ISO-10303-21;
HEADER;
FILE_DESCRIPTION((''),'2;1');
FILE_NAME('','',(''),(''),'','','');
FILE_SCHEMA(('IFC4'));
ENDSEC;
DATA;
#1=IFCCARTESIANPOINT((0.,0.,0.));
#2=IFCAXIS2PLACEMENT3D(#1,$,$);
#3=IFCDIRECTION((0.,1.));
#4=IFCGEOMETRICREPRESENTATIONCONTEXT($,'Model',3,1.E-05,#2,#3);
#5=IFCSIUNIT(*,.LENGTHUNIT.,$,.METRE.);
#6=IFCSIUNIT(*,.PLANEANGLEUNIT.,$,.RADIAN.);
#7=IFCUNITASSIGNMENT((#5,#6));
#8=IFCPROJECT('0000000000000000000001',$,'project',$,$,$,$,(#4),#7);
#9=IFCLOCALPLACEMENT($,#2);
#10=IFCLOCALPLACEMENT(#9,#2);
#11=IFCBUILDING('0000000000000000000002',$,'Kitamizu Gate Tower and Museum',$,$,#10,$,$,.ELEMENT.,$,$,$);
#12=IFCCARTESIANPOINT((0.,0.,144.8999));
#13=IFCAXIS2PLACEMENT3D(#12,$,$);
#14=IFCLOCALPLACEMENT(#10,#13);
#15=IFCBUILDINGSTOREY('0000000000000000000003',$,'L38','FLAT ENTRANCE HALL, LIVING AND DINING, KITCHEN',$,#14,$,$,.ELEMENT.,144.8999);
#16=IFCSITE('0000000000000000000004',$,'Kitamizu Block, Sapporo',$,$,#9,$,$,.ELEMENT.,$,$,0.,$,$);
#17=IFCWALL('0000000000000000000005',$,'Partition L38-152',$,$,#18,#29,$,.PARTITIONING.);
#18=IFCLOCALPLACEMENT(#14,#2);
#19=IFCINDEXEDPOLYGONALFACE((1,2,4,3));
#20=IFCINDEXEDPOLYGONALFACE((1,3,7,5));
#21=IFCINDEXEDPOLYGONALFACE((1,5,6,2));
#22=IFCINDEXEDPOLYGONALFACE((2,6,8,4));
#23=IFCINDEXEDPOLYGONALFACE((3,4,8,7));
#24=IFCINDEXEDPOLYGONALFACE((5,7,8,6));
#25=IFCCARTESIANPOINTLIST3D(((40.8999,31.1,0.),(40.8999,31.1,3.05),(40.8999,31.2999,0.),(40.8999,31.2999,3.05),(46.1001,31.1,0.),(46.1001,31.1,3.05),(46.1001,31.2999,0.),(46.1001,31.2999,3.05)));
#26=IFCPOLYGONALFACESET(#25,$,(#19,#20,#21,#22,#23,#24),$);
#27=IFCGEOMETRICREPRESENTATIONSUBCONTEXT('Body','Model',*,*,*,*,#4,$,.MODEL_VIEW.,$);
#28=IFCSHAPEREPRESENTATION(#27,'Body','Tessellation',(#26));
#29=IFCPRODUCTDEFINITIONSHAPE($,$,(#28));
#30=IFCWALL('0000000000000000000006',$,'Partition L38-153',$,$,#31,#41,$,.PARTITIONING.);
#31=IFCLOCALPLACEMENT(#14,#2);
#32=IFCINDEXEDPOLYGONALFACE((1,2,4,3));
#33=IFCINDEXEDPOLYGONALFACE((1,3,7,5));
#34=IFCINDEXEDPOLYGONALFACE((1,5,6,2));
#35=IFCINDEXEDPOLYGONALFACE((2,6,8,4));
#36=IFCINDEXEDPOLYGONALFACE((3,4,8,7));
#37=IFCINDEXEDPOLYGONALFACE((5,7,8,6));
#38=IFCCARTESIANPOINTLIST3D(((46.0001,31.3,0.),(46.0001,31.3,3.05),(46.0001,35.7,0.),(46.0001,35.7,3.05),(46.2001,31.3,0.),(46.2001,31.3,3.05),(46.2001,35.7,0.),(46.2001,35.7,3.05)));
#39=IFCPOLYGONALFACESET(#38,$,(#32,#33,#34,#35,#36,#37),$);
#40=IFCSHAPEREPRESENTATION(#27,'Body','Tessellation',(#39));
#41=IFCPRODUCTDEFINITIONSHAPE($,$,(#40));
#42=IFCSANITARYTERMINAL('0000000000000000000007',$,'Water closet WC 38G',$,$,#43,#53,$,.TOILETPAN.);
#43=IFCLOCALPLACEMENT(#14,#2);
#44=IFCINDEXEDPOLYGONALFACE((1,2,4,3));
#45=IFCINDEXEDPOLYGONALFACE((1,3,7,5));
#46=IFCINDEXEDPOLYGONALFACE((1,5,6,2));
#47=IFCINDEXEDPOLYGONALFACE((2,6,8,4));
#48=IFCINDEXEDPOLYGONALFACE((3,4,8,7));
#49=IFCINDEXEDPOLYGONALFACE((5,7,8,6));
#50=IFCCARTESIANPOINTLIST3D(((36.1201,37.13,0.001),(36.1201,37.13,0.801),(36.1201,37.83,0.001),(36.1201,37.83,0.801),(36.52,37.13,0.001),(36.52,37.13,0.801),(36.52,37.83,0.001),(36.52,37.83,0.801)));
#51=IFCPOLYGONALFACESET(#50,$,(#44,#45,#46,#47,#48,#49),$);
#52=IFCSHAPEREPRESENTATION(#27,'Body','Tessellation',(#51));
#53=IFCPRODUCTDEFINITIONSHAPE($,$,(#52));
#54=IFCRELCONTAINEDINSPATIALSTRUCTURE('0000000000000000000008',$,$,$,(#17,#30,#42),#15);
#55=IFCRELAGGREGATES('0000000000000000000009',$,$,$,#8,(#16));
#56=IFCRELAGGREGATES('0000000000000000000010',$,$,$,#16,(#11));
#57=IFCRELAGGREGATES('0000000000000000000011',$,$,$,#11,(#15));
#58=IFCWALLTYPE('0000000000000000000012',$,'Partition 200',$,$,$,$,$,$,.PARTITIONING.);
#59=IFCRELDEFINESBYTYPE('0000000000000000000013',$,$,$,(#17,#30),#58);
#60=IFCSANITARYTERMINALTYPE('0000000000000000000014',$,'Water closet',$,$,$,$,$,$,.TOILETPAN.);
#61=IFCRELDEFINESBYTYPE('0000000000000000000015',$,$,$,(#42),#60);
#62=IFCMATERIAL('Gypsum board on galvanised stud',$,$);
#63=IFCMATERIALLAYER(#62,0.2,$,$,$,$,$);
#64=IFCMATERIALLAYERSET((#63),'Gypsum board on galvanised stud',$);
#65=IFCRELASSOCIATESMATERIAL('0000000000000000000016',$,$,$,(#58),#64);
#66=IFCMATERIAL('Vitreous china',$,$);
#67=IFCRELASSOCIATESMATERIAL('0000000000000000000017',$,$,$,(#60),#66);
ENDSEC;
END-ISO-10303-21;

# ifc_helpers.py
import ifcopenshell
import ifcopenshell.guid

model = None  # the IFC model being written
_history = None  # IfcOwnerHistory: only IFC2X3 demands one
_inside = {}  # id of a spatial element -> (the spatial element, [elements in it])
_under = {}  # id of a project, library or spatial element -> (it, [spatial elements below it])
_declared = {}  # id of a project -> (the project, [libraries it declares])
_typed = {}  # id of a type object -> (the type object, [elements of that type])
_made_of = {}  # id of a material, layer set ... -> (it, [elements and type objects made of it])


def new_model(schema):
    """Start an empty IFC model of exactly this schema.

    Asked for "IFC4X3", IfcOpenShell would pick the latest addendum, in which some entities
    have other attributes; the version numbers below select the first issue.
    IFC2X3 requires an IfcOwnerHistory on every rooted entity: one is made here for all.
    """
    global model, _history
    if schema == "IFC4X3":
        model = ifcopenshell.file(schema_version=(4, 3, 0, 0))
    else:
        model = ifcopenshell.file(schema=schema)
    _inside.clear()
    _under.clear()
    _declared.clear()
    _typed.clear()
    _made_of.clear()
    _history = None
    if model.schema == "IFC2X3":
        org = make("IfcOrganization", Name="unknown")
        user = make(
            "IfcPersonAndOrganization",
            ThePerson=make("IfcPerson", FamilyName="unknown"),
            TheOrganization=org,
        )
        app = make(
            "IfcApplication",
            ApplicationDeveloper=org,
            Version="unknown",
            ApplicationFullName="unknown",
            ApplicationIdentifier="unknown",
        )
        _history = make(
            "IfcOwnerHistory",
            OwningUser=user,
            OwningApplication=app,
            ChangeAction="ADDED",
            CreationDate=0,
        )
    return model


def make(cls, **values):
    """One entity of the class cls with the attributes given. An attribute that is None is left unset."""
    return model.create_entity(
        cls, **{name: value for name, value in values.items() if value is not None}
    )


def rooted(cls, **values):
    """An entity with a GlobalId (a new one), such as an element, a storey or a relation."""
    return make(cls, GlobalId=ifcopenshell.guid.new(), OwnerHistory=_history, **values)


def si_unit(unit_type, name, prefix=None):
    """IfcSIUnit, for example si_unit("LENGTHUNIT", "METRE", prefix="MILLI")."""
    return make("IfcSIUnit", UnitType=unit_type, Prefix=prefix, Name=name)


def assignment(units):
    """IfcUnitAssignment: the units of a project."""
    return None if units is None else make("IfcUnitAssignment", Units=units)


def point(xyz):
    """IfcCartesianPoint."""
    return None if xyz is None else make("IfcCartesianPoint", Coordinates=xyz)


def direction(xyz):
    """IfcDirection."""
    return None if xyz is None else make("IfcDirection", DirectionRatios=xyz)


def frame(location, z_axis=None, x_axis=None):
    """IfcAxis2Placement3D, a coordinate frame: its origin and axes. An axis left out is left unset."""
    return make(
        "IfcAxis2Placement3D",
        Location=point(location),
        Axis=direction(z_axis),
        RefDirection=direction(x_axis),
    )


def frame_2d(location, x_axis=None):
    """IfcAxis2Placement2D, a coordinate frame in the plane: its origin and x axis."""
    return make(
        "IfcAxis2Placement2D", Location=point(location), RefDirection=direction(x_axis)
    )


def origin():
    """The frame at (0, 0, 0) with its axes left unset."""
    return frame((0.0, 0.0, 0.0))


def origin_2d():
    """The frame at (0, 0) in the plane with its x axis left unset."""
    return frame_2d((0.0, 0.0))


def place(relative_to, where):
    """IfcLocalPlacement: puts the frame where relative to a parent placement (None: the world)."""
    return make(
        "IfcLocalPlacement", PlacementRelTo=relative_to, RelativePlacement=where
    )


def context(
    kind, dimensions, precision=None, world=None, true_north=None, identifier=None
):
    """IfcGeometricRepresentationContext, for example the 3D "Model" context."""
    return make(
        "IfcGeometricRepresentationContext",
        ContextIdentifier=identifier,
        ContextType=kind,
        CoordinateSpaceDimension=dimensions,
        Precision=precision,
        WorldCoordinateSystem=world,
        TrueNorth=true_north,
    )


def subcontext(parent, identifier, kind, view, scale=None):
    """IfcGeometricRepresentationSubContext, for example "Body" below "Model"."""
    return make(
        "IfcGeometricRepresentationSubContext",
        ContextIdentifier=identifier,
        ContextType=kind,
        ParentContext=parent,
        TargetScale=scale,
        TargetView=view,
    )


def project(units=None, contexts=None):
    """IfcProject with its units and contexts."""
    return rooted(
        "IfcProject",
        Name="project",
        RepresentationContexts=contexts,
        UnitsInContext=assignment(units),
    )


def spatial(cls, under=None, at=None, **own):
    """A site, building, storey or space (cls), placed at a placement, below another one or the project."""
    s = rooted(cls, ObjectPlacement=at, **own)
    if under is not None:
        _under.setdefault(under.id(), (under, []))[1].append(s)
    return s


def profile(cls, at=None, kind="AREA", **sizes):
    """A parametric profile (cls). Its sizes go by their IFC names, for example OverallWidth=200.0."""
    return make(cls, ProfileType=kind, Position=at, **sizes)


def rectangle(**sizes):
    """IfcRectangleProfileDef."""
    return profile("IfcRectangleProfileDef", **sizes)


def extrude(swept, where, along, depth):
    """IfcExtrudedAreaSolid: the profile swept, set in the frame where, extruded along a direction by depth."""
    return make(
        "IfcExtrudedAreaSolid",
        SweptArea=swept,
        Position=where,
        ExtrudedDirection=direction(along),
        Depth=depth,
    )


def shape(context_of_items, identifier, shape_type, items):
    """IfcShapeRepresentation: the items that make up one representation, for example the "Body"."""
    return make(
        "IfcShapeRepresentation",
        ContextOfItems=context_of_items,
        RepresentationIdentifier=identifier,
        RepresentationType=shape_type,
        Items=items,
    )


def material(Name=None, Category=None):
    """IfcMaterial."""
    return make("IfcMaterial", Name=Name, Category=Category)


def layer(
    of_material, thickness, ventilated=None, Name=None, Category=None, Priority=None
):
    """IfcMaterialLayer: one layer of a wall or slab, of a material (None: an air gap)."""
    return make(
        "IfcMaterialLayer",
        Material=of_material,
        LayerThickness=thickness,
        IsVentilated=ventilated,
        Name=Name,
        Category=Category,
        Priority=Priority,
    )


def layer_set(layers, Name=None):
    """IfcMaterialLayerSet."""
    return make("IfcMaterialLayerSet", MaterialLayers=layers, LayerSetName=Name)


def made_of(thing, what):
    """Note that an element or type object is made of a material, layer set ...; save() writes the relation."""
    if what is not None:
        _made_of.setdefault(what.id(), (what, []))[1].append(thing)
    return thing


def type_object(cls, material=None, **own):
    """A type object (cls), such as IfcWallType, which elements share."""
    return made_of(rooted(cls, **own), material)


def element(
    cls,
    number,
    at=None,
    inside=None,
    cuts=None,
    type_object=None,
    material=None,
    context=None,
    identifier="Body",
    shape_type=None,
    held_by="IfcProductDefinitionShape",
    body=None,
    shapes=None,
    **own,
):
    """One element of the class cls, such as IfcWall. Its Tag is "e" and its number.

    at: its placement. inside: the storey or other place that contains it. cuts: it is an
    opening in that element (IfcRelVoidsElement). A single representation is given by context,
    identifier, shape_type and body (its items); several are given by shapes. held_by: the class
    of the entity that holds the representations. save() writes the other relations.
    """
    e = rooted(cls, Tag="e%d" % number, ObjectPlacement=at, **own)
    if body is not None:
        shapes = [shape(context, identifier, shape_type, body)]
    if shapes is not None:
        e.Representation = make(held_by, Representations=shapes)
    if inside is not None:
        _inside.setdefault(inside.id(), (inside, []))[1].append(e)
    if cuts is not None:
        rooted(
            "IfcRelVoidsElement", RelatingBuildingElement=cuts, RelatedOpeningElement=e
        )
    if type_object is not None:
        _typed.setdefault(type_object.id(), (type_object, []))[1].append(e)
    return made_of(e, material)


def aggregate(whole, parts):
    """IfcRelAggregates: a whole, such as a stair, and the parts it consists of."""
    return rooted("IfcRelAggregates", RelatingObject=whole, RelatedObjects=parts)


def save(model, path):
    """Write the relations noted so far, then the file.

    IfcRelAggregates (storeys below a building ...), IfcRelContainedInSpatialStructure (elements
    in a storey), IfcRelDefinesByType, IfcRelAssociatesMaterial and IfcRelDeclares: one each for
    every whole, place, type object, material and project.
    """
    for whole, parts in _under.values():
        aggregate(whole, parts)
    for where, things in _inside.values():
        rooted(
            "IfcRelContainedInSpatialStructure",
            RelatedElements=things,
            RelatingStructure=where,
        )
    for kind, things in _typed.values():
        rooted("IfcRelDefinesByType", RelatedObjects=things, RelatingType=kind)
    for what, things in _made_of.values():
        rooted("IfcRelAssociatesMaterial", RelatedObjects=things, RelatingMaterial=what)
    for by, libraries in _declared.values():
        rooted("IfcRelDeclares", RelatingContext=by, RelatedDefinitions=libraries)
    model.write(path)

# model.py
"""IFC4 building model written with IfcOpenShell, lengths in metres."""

from ifc_helpers import new_model, si_unit, direction, frame, frame_2d, origin, origin_2d, place, context, subcontext, project, spatial, rectangle, extrude, material, layer, layer_set, type_object, element, save


model = new_model("IFC4")

# Units and contexts
model_context = context("Model", 3, precision=1e-05, world=origin(), true_north=direction((0.0, 1.0)))
body_context = subcontext(model_context, "Body", "Model", "MODEL_VIEW")
ifc_project = project(units=[si_unit("LENGTHUNIT", "METRE"), si_unit("PLANEANGLEUNIT", "RADIAN")], contexts=[model_context])

# Site, building, storey
site_placement = place(None, origin())
site = spatial("IfcSite", under=ifc_project, at=site_placement, Name="Kitamizu Block, Sapporo", CompositionType="ELEMENT", RefElevation=0.0)
building_placement = place(site_placement, origin())
building = spatial("IfcBuilding", under=site, at=building_placement, Name="Kitamizu Gate Tower and Museum", CompositionType="ELEMENT")
storey_placement = place(building_placement, frame((0.0, 0.0, 144.8999)))
storey = spatial("IfcBuildingStorey", under=building, at=storey_placement, Name="L38", Description="FLAT ENTRANCE HALL, LIVING AND DINING, KITCHEN", CompositionType="ELEMENT", Elevation=144.8999)

# Shared definitions
ifc_material_1 = material(Name="Gypsum board on galvanised stud")
ifc_layer_1 = layer(ifc_material_1, 0.2)
ifc_layer_set_1 = layer_set([ifc_layer_1], Name="Gypsum board on galvanised stud")
wall_type_1 = type_object("IfcWallType", Name="Partition 200", PredefinedType="PARTITIONING", material=ifc_layer_set_1)

# Walls
wall_1_placement = place(storey_placement, frame((40.8999, 31.2, 0.0), z_axis=(0.0, 0.0, 1.0), x_axis=(1.0, 0.0, 0.0)))
element("IfcWall", 1, at=wall_1_placement, inside=storey, type_object=wall_type_1, Name="Partition L38-152", PredefinedType="PARTITIONING", context=body_context, shape_type="SweptSolid", body=[
    extrude(rectangle(XDim=5.2002, YDim=0.2, at=frame_2d((2.6001, 0.0))), origin(), (0.0, 0.0, 1.0), 3.05),
])
wall_2_placement = place(storey_placement, frame((46.1001, 31.3, 0.0), z_axis=(0.0, 0.0, 1.0), x_axis=(0.0, 1.0, 0.0)))
element("IfcWall", 2, at=wall_2_placement, inside=storey, type_object=wall_type_1, Name="Partition L38-153", PredefinedType="PARTITIONING", context=body_context, shape_type="SweptSolid", body=[
    extrude(rectangle(XDim=4.3999, YDim=0.2, at=frame_2d((2.2, 0.0))), origin(), (0.0, 0.0, 1.0), 3.05),
])

# Sanitary terminal
ifc_material_2 = material(Name="Vitreous china")
sanitary_terminal_type = type_object("IfcSanitaryTerminalType", Name="Water closet", PredefinedType="TOILETPAN", material=ifc_material_2)
sanitary_terminal_placement = place(storey_placement, frame((36.3201, 37.48, 0.001), z_axis=(0.0, 0.0, 1.0), x_axis=(1.0, 0.0, 0.0)))
element("IfcSanitaryTerminal", 3, at=sanitary_terminal_placement, inside=storey, type_object=sanitary_terminal_type, Name="Water closet WC 38G", PredefinedType="TOILETPAN", context=body_context, shape_type="SweptSolid", body=[
    extrude(rectangle(XDim=0.3999, YDim=0.7, at=origin_2d()), origin(), (0.0, 0.0, 1.0), 0.8),
])

save(model, "model.ifc")
